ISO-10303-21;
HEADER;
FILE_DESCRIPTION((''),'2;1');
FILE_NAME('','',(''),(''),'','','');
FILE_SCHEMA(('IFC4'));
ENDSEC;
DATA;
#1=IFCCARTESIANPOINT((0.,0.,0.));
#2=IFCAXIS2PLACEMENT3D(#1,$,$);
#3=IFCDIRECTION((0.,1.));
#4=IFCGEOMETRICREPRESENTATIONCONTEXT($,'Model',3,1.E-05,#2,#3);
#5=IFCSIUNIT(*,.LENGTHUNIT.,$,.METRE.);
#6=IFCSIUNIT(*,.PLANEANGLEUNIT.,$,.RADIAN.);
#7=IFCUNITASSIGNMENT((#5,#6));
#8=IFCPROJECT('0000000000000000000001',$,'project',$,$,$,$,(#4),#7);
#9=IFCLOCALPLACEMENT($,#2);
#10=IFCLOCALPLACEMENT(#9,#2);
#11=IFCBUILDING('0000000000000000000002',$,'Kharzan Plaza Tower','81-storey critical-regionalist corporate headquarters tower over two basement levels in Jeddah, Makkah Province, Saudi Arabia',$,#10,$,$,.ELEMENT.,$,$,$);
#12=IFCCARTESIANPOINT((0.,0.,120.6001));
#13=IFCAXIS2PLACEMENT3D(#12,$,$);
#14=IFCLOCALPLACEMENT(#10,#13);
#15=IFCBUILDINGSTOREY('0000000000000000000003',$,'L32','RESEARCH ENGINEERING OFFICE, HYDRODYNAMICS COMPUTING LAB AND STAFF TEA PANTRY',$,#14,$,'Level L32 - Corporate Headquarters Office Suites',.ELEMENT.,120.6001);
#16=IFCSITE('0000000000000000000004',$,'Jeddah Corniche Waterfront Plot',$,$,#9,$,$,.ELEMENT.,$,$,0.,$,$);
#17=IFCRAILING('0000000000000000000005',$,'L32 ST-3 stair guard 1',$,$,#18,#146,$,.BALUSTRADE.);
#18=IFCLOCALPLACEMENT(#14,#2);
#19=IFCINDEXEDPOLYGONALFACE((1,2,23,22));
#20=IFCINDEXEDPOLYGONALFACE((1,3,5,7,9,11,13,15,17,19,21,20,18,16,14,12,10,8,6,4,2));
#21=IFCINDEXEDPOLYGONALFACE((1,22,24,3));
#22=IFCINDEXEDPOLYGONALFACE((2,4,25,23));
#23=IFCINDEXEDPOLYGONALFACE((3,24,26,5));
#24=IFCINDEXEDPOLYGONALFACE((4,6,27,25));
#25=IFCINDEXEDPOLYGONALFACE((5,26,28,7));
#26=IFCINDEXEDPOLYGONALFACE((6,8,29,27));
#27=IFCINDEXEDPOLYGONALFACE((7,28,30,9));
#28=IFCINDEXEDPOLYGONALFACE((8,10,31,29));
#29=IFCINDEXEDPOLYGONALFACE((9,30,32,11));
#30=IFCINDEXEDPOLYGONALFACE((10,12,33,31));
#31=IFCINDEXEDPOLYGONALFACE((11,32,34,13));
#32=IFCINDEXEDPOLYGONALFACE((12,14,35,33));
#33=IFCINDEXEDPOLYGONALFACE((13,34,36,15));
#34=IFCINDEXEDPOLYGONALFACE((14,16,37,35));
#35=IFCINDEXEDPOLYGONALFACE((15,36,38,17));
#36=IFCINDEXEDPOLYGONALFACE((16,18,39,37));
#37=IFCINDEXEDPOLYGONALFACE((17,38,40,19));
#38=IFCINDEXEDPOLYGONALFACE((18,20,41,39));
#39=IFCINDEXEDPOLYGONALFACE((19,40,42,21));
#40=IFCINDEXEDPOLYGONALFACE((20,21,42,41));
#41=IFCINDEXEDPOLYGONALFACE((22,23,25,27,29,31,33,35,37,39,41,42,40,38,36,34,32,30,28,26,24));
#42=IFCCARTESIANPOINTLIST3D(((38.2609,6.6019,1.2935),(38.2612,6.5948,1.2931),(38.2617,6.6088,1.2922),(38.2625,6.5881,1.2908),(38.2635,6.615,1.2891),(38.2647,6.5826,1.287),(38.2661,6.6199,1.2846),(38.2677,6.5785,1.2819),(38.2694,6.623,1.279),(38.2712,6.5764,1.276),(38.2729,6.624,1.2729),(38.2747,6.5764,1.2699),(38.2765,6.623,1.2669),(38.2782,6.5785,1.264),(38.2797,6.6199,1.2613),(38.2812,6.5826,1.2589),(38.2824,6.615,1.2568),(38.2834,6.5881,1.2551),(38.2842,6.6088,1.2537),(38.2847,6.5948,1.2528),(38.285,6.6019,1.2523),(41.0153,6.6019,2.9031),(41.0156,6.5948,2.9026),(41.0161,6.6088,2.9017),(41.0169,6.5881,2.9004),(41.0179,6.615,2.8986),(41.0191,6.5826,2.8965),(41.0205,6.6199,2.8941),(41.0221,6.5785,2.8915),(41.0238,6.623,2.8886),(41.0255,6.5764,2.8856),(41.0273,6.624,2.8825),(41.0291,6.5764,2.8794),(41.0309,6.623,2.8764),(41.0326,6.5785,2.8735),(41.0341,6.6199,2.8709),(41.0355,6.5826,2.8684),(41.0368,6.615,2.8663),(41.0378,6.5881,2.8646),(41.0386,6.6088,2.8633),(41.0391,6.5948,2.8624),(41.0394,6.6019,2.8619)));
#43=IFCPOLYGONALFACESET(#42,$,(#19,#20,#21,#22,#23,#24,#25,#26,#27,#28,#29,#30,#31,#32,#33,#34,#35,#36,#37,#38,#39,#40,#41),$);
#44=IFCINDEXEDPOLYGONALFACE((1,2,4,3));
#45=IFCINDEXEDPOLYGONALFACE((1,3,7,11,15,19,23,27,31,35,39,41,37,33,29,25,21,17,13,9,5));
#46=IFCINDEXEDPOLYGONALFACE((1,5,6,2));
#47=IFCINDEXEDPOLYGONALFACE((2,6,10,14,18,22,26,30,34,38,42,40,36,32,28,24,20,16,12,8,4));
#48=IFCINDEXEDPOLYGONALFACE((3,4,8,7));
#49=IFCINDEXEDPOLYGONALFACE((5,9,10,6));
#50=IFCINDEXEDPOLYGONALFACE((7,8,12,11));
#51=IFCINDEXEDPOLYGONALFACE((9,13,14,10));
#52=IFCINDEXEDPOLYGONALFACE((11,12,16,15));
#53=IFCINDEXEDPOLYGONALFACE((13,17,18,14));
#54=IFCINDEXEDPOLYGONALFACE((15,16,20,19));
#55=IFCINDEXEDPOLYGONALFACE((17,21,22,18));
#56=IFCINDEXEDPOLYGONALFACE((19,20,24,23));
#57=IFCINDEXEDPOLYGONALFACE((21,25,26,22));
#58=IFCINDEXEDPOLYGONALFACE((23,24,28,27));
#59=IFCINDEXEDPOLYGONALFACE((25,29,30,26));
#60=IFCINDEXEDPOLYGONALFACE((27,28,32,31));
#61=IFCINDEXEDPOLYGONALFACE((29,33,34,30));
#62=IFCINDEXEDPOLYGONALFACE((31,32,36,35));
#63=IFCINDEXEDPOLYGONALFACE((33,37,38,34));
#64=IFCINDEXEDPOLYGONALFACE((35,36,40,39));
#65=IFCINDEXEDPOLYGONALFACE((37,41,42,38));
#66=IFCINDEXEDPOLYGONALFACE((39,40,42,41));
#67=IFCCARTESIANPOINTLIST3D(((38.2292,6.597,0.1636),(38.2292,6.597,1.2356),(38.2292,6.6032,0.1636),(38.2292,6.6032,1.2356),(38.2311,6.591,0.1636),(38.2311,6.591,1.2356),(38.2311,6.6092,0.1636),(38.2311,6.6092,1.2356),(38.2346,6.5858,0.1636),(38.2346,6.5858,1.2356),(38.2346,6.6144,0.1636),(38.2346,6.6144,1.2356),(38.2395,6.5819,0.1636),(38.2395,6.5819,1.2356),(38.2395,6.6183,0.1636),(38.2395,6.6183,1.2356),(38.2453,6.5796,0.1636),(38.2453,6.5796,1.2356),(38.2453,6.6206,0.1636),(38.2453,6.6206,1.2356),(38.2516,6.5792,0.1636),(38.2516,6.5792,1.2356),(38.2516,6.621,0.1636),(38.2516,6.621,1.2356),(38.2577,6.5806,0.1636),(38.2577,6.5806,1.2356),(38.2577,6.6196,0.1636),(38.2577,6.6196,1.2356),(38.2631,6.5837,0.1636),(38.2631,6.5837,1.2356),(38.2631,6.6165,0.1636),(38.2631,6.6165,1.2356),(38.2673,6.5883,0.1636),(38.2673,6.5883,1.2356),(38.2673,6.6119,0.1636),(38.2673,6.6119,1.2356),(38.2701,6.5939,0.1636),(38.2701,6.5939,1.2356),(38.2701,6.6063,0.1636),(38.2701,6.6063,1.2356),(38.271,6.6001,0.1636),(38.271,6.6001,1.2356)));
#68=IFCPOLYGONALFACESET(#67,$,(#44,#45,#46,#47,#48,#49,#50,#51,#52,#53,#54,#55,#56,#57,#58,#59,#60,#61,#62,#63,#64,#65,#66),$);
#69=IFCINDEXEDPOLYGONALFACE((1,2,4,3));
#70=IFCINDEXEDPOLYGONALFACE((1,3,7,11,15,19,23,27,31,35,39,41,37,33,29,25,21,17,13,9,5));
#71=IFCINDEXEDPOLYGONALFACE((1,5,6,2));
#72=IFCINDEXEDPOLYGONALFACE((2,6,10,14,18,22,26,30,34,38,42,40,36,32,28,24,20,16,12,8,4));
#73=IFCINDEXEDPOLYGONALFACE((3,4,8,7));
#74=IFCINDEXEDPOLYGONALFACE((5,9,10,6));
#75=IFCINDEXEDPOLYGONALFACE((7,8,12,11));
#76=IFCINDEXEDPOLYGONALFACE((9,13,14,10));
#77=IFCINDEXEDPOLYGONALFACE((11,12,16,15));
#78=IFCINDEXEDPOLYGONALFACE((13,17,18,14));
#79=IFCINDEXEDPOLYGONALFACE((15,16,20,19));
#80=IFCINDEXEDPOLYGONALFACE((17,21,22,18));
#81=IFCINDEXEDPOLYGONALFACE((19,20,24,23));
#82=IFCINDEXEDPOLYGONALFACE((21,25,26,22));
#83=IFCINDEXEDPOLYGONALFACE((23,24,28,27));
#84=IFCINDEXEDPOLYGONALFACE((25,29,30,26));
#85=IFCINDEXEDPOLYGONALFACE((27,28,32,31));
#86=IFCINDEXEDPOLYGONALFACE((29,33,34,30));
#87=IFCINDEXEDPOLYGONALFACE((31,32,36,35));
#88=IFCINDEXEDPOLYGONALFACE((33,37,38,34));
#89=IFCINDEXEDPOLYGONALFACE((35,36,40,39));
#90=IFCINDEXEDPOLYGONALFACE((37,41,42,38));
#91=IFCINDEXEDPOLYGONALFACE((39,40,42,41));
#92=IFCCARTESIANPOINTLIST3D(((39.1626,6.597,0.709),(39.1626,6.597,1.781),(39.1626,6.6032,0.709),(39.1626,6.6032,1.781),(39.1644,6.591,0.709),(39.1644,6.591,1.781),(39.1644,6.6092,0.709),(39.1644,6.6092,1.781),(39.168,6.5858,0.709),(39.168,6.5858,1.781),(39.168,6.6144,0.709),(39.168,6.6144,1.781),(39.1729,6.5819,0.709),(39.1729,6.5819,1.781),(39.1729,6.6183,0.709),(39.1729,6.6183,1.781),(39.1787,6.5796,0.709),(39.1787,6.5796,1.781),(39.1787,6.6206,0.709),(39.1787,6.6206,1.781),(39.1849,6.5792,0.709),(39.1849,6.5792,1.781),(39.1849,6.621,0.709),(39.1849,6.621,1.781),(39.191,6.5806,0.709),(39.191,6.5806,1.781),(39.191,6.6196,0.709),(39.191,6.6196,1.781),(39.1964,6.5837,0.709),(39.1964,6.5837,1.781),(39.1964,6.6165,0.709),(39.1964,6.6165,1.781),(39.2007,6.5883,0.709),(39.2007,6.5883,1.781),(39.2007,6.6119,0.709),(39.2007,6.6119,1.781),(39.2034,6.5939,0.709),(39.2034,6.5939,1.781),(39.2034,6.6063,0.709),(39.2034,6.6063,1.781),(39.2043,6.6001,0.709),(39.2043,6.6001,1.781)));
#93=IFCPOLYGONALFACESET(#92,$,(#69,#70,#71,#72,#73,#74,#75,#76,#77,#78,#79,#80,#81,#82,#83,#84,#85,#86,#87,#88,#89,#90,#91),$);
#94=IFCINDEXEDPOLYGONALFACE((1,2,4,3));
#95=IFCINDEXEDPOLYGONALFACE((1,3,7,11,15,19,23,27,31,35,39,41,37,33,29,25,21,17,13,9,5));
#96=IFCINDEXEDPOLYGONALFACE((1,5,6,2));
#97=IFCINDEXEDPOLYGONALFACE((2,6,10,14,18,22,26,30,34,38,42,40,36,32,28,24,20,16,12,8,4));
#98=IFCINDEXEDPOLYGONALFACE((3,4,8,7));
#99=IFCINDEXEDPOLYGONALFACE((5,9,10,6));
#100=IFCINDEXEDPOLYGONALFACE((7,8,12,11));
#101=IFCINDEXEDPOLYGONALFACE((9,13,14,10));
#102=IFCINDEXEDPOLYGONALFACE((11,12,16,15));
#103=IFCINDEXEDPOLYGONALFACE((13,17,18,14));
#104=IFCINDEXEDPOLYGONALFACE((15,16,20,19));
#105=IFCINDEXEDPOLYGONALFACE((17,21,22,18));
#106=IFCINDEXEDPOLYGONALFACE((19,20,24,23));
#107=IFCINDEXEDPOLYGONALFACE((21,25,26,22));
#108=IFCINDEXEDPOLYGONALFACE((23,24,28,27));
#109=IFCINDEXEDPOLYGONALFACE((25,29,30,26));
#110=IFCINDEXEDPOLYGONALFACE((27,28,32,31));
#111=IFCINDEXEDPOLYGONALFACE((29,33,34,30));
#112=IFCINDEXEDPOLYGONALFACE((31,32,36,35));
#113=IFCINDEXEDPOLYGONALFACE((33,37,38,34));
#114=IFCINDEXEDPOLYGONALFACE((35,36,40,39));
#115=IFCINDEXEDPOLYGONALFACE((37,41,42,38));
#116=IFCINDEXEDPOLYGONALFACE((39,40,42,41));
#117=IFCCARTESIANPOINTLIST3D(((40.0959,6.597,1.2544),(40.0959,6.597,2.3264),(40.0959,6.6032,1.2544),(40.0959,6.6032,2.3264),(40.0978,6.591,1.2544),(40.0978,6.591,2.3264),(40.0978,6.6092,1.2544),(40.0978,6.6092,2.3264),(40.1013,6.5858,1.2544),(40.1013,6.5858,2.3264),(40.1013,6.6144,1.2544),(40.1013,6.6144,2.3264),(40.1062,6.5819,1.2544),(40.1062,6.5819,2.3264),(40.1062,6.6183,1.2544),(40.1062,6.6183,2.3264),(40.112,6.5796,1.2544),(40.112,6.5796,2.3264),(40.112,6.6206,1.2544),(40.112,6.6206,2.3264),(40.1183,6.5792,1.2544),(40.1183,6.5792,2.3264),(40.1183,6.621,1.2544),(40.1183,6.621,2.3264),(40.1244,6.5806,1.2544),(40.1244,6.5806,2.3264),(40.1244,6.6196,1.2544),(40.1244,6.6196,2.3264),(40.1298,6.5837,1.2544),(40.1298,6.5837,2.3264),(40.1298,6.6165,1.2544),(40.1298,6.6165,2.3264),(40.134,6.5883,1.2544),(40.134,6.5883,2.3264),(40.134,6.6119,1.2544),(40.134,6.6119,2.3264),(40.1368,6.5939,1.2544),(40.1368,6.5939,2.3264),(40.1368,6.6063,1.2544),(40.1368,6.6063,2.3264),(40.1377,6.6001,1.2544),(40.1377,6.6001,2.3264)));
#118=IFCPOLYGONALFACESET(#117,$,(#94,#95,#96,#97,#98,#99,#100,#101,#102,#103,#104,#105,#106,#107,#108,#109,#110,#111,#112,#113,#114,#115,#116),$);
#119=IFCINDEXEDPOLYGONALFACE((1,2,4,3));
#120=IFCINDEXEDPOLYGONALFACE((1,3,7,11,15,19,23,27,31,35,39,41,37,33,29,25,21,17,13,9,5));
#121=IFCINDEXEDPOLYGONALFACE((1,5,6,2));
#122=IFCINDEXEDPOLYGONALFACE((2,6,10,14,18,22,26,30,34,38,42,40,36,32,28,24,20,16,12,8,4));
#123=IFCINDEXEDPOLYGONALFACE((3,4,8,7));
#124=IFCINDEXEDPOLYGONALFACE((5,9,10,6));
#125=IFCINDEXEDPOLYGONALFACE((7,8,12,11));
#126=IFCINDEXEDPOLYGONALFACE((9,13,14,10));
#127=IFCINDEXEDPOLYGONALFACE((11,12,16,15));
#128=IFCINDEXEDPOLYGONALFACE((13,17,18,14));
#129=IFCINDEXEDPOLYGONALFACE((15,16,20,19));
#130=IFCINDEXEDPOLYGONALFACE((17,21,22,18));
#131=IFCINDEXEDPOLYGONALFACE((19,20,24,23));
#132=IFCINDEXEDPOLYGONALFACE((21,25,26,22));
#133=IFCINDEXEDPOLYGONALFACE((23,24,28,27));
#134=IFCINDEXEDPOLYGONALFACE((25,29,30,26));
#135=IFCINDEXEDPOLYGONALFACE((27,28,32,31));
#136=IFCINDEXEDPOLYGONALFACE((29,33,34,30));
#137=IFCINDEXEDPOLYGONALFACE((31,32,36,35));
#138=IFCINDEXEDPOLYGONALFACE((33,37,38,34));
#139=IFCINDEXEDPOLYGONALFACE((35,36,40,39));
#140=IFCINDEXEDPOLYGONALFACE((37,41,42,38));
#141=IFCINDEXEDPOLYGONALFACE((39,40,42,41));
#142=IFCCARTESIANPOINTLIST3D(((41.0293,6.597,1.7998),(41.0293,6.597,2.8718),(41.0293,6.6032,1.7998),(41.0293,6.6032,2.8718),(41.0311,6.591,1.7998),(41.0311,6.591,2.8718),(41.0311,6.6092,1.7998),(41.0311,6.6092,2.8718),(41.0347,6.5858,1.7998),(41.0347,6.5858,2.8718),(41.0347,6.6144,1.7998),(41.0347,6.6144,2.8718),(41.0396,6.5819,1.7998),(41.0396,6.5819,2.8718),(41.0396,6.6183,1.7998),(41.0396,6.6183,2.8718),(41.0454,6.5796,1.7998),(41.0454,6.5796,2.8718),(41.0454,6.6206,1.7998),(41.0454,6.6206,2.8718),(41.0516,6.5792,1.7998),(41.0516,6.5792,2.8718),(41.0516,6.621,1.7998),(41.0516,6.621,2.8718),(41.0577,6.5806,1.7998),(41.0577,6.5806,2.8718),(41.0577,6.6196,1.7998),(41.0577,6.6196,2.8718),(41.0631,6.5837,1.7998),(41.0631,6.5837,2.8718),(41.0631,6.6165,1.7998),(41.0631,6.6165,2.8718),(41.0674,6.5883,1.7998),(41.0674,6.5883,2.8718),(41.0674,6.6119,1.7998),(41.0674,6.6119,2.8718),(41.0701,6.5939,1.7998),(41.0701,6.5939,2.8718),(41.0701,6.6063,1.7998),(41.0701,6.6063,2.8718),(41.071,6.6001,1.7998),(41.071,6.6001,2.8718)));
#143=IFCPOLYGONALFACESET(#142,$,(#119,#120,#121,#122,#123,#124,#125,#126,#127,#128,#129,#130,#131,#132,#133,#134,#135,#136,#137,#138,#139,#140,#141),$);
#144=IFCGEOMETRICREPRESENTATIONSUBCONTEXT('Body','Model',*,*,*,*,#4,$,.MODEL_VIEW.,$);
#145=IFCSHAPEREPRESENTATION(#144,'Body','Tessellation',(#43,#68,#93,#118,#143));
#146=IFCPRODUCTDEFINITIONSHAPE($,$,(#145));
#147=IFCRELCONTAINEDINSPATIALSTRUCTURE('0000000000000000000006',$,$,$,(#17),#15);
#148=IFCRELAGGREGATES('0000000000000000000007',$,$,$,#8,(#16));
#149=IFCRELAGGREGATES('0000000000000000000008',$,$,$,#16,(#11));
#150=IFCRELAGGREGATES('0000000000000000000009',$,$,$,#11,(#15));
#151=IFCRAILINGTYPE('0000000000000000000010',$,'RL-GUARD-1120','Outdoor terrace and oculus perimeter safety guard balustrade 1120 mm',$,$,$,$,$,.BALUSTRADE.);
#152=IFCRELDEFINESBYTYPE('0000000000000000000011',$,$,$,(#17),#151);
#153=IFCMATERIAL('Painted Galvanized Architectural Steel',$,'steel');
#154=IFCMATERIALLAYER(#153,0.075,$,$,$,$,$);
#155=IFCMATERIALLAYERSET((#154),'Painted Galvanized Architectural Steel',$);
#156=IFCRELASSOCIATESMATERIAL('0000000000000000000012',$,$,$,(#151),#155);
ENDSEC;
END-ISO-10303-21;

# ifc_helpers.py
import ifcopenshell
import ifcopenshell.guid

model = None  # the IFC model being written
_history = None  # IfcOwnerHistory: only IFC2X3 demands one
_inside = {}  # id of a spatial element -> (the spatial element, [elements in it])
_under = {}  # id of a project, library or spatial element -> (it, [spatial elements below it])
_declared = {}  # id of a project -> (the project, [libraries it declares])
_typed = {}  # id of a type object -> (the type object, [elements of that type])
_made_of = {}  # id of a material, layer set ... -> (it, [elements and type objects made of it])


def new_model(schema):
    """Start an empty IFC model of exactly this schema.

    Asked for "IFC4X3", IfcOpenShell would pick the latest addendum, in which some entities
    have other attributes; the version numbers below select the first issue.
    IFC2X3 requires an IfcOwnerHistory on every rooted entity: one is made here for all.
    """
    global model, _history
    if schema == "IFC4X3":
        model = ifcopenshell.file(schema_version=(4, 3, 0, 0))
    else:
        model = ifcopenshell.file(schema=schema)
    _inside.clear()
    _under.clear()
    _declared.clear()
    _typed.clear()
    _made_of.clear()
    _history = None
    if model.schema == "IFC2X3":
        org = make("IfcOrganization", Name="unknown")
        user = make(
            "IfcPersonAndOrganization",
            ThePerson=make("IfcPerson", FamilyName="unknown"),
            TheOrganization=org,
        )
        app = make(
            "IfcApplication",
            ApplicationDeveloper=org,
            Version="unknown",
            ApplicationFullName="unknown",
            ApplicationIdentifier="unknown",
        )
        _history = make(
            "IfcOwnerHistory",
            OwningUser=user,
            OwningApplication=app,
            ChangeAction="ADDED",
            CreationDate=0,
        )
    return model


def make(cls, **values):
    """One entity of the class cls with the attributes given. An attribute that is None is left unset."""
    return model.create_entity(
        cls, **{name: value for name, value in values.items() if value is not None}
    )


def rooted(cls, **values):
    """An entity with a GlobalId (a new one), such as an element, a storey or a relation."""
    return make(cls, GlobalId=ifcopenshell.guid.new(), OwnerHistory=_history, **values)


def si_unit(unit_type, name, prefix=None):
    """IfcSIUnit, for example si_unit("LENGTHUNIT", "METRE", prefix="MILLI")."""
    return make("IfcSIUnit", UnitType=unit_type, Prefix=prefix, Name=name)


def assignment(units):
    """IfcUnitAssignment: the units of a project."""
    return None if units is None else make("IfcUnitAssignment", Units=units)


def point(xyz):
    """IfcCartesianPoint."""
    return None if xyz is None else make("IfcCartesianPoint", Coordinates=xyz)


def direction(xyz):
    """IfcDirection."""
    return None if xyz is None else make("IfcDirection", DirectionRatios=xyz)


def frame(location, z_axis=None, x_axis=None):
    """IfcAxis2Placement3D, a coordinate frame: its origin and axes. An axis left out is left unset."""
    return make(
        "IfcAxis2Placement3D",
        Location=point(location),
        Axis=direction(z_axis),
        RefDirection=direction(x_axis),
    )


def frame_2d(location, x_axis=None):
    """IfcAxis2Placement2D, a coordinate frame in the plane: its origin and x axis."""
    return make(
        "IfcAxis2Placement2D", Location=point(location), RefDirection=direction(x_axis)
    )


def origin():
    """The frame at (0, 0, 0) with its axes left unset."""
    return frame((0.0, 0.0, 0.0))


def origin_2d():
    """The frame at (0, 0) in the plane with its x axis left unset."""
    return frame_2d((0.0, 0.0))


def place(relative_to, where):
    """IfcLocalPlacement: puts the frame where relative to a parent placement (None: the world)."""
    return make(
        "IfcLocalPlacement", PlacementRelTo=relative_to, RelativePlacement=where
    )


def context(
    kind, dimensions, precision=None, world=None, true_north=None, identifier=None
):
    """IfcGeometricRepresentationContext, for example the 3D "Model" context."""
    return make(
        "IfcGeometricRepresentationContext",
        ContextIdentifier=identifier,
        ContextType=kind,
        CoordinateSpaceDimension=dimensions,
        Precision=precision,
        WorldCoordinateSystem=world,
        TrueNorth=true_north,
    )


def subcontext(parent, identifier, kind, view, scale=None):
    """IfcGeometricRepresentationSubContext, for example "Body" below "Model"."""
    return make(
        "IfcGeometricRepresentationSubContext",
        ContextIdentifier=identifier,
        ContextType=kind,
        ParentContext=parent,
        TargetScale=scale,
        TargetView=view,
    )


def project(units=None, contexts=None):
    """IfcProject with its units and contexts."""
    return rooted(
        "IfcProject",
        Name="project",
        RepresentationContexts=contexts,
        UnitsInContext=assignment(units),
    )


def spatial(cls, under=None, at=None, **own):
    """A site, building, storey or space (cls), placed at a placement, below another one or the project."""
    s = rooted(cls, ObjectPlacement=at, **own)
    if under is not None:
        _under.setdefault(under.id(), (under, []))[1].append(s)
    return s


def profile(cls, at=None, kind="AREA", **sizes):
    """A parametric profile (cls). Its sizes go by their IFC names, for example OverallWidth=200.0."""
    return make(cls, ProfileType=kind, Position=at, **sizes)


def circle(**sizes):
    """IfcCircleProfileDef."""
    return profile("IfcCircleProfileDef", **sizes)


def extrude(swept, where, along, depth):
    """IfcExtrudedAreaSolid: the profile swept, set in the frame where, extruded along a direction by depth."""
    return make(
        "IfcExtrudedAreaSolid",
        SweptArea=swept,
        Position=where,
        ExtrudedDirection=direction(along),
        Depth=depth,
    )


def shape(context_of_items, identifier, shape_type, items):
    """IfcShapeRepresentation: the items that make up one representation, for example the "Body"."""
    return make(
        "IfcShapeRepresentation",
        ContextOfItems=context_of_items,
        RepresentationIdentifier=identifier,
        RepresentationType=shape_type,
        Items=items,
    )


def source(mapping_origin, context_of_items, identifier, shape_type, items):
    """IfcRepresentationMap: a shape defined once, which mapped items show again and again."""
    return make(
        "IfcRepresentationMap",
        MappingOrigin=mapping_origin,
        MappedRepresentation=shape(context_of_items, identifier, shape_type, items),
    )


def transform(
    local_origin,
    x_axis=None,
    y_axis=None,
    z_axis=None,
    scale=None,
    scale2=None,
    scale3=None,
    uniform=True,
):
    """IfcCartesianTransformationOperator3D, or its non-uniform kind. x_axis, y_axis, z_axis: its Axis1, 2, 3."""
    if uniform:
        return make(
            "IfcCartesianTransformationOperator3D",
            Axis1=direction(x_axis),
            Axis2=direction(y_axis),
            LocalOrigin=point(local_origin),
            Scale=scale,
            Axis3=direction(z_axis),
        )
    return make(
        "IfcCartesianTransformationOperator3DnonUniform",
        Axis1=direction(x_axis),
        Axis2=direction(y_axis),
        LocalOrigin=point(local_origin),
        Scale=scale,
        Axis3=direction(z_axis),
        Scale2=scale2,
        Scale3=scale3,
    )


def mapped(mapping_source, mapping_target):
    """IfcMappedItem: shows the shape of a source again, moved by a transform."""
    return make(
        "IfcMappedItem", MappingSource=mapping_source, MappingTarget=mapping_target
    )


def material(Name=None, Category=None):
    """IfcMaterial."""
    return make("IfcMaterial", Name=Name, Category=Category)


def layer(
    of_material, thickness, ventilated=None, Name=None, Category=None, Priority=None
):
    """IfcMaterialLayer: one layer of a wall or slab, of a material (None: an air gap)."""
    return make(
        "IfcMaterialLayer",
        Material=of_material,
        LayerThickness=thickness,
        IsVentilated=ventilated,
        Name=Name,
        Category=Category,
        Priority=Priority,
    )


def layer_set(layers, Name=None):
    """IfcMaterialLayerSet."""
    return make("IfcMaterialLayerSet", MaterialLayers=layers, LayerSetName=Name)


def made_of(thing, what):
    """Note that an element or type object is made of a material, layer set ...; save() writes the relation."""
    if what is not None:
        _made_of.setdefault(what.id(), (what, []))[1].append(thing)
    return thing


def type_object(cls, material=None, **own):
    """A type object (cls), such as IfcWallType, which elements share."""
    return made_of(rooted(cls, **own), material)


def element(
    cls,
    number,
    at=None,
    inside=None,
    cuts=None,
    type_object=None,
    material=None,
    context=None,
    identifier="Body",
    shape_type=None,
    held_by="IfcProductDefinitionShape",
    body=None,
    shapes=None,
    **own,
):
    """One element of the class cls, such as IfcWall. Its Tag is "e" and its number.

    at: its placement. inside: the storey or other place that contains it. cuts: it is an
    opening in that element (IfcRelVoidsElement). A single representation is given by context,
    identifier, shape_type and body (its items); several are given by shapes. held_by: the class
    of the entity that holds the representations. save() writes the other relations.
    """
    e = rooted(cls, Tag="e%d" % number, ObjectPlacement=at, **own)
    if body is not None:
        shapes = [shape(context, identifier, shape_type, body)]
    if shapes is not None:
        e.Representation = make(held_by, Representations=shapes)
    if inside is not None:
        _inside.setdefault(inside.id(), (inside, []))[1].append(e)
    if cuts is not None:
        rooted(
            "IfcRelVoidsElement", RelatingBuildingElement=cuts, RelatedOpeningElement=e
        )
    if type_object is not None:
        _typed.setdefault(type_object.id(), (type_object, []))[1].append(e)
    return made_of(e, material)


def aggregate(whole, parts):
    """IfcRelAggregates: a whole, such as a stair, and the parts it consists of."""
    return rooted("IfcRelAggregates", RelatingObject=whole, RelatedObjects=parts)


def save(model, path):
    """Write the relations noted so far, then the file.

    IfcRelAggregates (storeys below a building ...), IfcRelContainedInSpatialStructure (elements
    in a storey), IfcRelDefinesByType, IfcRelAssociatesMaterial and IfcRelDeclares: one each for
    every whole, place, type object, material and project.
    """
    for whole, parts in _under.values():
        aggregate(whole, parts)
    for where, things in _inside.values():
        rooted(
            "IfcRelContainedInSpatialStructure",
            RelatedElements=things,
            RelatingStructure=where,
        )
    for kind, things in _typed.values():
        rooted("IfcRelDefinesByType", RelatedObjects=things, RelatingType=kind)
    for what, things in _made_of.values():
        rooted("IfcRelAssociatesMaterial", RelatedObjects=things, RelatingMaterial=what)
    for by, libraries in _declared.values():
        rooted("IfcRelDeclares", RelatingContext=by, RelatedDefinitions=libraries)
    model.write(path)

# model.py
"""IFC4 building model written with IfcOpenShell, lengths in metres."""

from ifc_helpers import new_model, si_unit, direction, frame, origin, origin_2d, place, context, subcontext, project, spatial, circle, extrude, source, transform, mapped, material, layer, layer_set, type_object, element, save


model = new_model("IFC4")

# Units and contexts
model_context = context("Model", 3, precision=1e-05, world=origin(), true_north=direction((0.0, 1.0)))
body_context = subcontext(model_context, "Body", "Model", "MODEL_VIEW")
ifc_project = project(units=[si_unit("LENGTHUNIT", "METRE"), si_unit("PLANEANGLEUNIT", "RADIAN")], contexts=[model_context])

# Site, building, storey
site_placement = place(None, origin())
site = spatial("IfcSite", under=ifc_project, at=site_placement, Name="Jeddah Corniche Waterfront Plot", CompositionType="ELEMENT", RefElevation=0.0)
building_placement = place(site_placement, origin())
building = spatial("IfcBuilding", under=site, at=building_placement, Name="Kharzan Plaza Tower", Description="81-storey critical-regionalist corporate headquarters tower over two basement levels in Jeddah, Makkah Province, Saudi Arabia", CompositionType="ELEMENT")
storey_placement = place(building_placement, frame((0.0, 0.0, 120.6001)))
storey = spatial("IfcBuildingStorey", under=building, at=storey_placement, Name="L32", Description="RESEARCH ENGINEERING OFFICE, HYDRODYNAMICS COMPUTING LAB AND STAFF TEA PANTRY", LongName="Level L32 - Corporate Headquarters Office Suites", CompositionType="ELEMENT", Elevation=120.6001)

# Railing
ifc_material_1 = material(Name="Painted Galvanized Architectural Steel", Category="steel")
ifc_layer_1 = layer(ifc_material_1, 0.075)
ifc_layer_set_1 = layer_set([ifc_layer_1], Name="Painted Galvanized Architectural Steel")
railing_type_1 = type_object("IfcRailingType", Name="RL-GUARD-1120", Description="Outdoor terrace and oculus perimeter safety guard balustrade 1120 mm", PredefinedType="BALUSTRADE", material=ifc_layer_set_1)
shared_shape_1 = source(origin(), body_context, "Body", "SweptSolid", [
    extrude(circle(Radius=0.0239, at=origin_2d()), frame((0.0229, 0.0, 1.1094), z_axis=(0.863394, 0.0, 0.504531), x_axis=(0.0, 1.0, 0.0)), (0.0, 0.0, 1.0), 3.1902),
    extrude(circle(Radius=0.021, at=origin_2d()), origin(), (0.0, 0.0, 1.0), 1.072),
    extrude(circle(Radius=0.021, at=origin_2d()), frame((0.9333, 0.0, 0.5454)), (0.0, 0.0, 1.0), 1.072),
    extrude(circle(Radius=0.021, at=origin_2d()), frame((1.8667, 0.0, 1.0908)), (0.0, 0.0, 1.0), 1.072),
    extrude(circle(Radius=0.021, at=origin_2d()), frame((2.8, 0.0, 1.6362)), (0.0, 0.0, 1.0), 1.072),
])
railing_1_placement = place(storey_placement, frame((38.25, 6.6001, 0.1636)))
element("IfcRailing", 1, at=railing_1_placement, inside=storey, type_object=railing_type_1, Name="L32 ST-3 stair guard 1", PredefinedType="BALUSTRADE", context=body_context, shape_type="MappedRepresentation", body=[
    mapped(shared_shape_1, transform((0.0, 0.0, 0.0), x_axis=(1.0, 0.0, 0.0), y_axis=(0.0, 1.0, 0.0), z_axis=(0.0, 0.0, 1.0))),
])

save(model, "model.ifc")
